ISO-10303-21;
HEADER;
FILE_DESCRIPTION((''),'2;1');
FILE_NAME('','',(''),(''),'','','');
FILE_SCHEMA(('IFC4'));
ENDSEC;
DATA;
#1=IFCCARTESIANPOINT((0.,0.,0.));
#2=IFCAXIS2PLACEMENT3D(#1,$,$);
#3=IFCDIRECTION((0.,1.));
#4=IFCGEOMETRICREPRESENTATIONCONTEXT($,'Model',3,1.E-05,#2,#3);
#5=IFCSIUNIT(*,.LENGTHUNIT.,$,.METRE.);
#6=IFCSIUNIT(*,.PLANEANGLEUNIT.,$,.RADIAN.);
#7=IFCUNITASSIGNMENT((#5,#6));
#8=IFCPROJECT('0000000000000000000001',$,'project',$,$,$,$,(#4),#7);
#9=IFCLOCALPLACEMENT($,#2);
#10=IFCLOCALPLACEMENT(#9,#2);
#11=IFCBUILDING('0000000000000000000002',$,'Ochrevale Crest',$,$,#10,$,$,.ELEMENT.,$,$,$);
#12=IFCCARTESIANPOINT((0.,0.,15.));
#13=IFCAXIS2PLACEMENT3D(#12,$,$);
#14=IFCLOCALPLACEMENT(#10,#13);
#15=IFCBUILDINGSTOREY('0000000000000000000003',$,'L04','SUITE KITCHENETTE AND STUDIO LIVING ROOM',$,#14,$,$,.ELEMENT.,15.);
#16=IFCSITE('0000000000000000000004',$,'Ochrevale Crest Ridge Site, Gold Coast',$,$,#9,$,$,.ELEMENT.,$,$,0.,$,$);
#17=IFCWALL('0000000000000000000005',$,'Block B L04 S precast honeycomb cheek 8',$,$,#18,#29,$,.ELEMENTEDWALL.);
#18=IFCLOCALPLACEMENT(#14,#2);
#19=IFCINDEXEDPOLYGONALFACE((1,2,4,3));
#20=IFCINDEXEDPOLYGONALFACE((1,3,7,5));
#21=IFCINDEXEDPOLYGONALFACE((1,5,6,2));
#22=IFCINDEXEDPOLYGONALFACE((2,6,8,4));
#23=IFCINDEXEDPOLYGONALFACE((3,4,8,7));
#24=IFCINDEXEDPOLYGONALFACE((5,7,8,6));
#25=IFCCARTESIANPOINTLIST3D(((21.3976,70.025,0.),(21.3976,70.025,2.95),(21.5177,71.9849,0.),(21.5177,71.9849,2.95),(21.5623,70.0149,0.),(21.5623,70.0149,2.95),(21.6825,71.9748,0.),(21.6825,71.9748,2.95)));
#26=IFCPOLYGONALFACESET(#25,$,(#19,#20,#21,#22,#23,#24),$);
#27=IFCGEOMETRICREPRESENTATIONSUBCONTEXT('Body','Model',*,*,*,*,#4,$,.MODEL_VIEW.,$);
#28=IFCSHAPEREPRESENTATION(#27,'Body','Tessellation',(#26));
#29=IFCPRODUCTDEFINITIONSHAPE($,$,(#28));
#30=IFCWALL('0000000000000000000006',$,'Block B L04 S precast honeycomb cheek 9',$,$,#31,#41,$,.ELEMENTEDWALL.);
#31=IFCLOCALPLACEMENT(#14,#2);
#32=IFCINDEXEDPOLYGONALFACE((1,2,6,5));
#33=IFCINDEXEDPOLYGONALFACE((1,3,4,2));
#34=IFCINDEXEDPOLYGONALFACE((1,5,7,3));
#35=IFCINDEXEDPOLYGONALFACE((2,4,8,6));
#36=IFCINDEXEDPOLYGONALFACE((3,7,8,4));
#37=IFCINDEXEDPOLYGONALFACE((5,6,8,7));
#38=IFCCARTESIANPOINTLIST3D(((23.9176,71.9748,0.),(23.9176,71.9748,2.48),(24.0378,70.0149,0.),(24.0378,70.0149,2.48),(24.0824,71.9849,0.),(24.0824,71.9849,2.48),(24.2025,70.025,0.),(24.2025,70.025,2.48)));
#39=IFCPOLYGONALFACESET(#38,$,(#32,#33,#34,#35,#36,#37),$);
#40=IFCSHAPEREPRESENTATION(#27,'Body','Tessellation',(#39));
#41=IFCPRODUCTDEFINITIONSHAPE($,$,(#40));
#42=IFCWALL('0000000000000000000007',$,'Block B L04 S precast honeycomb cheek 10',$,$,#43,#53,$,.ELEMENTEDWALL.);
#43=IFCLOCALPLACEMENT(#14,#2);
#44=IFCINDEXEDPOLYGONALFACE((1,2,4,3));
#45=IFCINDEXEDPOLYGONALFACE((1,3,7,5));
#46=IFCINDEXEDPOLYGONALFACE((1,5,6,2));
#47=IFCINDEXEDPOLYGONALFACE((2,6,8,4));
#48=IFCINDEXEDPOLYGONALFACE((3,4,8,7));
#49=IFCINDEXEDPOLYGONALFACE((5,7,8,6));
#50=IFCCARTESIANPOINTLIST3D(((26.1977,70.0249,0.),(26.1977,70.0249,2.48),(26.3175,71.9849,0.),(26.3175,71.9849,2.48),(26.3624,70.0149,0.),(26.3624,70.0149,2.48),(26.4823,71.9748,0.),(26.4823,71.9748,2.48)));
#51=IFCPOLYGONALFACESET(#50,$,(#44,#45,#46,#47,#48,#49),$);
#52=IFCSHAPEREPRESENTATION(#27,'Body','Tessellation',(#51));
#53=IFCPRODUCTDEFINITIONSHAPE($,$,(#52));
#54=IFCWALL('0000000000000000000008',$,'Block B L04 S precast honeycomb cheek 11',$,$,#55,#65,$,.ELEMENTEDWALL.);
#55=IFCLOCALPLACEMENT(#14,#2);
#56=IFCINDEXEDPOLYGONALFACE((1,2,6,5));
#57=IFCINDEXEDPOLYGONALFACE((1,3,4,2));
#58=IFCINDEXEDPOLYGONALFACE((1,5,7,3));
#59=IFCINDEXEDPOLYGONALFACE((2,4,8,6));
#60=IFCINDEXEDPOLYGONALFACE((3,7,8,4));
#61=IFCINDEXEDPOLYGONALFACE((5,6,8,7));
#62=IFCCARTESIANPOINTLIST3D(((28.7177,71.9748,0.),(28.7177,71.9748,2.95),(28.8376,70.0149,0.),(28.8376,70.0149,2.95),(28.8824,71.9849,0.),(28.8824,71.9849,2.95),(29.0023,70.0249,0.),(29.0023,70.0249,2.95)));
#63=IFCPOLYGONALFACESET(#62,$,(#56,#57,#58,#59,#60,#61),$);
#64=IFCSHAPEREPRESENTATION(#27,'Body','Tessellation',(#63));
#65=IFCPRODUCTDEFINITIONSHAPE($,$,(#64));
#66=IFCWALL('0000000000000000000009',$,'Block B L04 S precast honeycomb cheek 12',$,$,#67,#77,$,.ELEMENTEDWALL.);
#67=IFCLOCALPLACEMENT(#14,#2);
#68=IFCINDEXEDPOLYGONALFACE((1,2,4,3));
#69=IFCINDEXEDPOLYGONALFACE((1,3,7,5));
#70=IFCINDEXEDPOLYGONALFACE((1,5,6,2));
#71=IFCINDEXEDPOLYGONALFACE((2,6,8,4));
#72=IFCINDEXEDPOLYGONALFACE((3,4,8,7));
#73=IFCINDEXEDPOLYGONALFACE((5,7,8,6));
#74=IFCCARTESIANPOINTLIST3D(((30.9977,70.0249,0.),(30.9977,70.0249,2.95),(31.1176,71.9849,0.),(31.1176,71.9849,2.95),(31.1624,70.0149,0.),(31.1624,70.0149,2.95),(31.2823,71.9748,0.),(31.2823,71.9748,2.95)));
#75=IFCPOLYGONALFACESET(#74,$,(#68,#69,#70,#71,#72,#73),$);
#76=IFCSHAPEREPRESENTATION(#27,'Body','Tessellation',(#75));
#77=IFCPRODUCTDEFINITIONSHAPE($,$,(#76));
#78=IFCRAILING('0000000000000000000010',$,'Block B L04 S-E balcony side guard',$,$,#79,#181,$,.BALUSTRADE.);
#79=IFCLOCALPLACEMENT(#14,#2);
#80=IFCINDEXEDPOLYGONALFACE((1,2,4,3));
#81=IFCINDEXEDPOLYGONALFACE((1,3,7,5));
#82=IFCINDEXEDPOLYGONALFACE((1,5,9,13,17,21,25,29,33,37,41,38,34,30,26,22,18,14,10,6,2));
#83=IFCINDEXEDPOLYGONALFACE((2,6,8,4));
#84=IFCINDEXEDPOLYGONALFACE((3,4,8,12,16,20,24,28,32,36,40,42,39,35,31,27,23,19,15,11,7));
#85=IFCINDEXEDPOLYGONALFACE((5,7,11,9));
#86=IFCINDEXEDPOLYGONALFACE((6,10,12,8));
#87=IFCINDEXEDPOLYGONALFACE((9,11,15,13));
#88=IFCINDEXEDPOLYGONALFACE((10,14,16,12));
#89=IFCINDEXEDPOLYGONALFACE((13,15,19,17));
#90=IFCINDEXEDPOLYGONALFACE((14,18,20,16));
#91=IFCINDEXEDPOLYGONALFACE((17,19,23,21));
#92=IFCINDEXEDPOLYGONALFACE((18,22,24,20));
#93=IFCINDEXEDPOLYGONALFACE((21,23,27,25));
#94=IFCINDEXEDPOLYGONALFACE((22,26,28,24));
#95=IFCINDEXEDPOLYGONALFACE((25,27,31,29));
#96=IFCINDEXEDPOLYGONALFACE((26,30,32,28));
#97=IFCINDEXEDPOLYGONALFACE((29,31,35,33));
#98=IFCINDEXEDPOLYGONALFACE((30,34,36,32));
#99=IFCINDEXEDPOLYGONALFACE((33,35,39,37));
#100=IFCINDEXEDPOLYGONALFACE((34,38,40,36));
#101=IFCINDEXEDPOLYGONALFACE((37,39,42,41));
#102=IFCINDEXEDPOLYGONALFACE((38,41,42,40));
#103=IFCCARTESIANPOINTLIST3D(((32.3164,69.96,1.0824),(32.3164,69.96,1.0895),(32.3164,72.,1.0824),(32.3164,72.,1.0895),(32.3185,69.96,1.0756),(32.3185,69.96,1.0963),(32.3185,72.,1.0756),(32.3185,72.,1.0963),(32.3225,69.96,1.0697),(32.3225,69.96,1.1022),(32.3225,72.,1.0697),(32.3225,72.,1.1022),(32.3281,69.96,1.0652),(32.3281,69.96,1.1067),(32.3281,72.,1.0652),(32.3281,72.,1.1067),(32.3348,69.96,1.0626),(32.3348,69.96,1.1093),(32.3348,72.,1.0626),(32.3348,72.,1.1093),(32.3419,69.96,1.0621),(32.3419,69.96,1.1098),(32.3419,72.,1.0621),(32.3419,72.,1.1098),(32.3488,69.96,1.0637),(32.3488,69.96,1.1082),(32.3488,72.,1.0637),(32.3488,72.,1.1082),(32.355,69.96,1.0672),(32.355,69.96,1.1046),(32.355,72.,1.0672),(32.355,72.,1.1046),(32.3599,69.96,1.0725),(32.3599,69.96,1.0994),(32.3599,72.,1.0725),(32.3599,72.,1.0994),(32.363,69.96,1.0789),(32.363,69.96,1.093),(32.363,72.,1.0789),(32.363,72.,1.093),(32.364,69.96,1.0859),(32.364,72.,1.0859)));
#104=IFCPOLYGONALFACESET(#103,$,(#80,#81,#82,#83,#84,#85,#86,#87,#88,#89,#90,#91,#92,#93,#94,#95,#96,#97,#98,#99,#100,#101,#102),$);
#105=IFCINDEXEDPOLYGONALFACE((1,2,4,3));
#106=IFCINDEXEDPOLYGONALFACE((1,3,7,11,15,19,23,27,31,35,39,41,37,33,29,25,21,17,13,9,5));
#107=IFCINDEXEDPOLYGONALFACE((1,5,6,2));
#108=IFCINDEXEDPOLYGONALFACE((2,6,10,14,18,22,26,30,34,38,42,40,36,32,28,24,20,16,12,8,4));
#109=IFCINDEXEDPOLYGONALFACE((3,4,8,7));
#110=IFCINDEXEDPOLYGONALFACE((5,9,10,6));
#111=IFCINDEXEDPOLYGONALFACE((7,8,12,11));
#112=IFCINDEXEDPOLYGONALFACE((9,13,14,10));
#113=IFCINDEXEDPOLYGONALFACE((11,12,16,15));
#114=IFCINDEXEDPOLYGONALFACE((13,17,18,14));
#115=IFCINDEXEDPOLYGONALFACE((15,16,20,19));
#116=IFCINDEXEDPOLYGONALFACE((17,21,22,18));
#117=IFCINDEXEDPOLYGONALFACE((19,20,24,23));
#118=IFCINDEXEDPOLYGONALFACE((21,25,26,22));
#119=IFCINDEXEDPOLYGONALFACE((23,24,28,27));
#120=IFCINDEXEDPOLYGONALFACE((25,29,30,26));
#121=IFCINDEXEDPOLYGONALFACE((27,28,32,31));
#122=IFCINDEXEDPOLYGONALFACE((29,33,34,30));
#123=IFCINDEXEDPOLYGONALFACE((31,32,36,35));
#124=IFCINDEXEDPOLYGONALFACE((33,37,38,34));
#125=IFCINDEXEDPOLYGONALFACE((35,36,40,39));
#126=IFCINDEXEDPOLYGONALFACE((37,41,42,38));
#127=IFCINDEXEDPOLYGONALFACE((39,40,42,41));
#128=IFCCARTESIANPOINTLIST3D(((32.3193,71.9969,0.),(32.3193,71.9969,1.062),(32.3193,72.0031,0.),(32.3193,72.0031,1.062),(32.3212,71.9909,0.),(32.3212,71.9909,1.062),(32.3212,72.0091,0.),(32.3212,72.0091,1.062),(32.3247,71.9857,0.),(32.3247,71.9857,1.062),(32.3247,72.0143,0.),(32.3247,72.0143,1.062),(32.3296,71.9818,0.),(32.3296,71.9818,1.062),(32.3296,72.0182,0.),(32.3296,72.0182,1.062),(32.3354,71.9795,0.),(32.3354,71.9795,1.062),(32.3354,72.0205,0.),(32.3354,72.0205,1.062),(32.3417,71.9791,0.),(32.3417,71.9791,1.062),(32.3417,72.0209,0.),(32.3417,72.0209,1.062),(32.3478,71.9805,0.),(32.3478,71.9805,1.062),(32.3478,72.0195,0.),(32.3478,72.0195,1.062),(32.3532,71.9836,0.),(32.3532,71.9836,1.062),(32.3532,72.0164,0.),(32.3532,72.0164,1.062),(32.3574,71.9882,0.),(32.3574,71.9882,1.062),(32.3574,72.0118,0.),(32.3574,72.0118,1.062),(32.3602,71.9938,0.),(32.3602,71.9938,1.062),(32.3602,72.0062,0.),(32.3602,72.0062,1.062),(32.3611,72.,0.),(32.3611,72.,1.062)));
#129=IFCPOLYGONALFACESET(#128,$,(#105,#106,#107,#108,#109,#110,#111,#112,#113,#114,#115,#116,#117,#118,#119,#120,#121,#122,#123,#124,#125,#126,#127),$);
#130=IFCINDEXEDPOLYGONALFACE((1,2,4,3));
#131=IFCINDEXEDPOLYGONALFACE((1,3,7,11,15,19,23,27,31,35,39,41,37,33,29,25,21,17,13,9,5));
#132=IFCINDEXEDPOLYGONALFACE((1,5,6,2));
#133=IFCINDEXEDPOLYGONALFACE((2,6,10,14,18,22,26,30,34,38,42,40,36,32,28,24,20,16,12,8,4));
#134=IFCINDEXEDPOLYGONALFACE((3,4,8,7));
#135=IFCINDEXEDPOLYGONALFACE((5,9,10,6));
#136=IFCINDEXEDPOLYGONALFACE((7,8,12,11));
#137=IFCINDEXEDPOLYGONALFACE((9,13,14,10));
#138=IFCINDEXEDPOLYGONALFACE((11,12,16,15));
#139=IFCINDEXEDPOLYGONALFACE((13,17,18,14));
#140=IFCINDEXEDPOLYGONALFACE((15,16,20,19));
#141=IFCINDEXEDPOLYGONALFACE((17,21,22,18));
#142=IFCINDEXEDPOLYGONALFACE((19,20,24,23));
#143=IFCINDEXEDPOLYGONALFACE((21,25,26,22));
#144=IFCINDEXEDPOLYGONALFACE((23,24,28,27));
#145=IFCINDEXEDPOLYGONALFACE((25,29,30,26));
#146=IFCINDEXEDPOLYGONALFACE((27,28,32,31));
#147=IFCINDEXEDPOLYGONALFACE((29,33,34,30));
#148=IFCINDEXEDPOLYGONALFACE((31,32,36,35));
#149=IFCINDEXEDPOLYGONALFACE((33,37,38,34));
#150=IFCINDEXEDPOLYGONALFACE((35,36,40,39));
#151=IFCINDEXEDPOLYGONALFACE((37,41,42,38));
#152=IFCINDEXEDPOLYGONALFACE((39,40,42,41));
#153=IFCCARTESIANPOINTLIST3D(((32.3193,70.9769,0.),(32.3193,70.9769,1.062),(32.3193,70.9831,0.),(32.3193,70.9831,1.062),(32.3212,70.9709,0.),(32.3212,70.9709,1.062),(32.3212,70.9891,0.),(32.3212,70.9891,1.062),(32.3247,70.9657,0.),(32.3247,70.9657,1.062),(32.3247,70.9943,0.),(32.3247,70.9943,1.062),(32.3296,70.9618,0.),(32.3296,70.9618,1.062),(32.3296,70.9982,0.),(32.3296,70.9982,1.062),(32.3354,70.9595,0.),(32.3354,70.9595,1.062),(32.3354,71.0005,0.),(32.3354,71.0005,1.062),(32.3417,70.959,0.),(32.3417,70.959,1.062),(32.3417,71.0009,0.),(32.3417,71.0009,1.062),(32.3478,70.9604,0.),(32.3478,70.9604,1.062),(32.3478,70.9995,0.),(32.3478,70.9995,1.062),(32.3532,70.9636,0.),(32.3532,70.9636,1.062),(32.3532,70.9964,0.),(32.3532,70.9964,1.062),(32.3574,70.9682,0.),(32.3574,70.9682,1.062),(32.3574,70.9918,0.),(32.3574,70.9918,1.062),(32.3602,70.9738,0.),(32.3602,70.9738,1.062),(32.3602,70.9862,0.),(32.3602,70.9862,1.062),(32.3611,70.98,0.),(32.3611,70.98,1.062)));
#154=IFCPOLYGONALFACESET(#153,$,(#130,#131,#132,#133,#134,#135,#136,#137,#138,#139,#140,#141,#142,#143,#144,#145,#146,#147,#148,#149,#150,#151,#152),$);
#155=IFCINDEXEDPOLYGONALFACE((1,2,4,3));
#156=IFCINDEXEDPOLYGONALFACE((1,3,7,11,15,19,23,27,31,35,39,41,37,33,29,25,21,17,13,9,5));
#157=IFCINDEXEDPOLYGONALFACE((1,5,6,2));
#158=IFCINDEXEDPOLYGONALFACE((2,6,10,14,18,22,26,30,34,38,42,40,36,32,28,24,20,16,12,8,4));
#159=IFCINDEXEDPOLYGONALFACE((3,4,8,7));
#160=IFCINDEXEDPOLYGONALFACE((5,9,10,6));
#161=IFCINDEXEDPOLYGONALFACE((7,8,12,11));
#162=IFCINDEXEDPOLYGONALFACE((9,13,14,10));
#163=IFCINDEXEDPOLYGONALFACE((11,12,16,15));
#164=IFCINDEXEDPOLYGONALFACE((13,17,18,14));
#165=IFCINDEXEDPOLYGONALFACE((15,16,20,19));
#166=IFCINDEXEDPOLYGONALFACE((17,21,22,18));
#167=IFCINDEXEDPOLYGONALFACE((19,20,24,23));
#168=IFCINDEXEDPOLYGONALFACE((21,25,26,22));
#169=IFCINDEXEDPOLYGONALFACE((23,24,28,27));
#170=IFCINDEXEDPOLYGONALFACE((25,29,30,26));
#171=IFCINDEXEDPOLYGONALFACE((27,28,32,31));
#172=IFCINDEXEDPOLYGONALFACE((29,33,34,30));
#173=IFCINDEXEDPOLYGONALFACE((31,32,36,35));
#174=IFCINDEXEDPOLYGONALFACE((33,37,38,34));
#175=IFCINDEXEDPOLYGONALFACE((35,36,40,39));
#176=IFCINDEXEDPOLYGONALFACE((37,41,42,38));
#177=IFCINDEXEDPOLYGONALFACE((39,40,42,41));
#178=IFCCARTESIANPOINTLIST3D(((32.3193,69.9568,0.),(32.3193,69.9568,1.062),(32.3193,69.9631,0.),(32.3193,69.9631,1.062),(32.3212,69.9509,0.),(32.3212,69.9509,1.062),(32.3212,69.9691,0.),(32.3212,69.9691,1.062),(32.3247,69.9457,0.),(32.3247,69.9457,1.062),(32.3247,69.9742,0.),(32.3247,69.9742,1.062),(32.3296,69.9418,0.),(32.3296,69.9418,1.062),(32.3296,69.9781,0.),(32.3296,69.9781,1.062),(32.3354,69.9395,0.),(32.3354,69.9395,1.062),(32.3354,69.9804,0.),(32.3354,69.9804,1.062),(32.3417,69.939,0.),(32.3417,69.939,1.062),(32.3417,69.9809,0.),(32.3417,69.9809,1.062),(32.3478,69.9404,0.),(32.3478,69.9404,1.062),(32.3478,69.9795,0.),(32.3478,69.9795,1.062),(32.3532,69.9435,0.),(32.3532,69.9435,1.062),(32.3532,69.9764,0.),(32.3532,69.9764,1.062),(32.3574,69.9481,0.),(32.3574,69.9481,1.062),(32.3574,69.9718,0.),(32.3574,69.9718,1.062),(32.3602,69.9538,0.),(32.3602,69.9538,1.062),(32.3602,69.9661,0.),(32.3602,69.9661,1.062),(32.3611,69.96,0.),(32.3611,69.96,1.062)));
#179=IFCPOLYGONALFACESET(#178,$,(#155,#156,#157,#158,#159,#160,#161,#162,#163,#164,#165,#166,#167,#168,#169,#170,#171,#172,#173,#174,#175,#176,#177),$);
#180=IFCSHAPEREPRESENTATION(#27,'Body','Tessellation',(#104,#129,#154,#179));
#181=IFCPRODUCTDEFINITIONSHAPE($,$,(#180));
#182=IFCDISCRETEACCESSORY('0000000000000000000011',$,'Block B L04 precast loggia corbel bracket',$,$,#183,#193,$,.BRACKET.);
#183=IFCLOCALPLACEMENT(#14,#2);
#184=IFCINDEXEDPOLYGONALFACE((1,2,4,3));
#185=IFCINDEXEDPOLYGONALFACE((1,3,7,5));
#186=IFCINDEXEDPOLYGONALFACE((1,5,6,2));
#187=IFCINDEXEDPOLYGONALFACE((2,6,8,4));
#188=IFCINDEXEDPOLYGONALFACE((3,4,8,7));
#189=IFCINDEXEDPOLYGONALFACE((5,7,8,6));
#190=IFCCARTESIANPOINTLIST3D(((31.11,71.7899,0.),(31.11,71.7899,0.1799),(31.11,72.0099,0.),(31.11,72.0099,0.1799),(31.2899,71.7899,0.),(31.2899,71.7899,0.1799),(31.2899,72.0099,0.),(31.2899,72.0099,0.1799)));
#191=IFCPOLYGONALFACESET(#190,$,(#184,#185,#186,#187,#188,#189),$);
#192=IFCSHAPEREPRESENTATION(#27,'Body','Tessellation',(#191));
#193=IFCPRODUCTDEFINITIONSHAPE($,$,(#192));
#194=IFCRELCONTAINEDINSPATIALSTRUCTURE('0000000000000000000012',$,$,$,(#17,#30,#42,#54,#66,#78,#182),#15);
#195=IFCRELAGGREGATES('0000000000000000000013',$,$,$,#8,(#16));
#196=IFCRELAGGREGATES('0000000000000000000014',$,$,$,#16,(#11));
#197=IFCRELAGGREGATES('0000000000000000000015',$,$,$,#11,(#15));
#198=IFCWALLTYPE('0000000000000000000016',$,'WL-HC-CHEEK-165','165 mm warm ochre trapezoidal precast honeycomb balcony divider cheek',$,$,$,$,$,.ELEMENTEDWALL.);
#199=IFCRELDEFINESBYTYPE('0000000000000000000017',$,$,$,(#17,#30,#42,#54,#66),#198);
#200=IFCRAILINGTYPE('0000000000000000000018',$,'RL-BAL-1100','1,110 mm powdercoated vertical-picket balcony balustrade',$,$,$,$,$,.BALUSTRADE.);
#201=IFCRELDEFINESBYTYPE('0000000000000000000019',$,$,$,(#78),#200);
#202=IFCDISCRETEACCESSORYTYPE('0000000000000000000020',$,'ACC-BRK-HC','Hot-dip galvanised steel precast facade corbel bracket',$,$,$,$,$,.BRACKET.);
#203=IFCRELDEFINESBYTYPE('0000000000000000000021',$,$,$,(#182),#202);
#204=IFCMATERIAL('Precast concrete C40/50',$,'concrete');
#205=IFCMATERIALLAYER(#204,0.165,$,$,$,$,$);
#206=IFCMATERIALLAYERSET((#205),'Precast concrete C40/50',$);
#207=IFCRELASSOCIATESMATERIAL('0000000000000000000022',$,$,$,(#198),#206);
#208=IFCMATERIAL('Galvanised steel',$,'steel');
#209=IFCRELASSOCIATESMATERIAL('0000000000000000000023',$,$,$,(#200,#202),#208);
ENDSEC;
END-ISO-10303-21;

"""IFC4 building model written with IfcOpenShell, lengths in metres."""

from ifc_helpers import new_model, si_unit, direction, frame, frame_2d, origin, origin_2d, place, context, subcontext, project, spatial, rectangle, circle, extrude, material, layer, layer_set, type_object, element, save


model = new_model("IFC4")

# Units and contexts
model_context = context("Model", 3, precision=1e-05, world=origin(), true_north=direction((0.0, 1.0)))
body_context = subcontext(model_context, "Body", "Model", "MODEL_VIEW")
ifc_project = project(units=[si_unit("LENGTHUNIT", "METRE"), si_unit("PLANEANGLEUNIT", "RADIAN")], contexts=[model_context])

# Site, building, storey
site_placement = place(None, origin())
site = spatial("IfcSite", under=ifc_project, at=site_placement, Name="Ochrevale Crest Ridge Site, Gold Coast", CompositionType="ELEMENT", RefElevation=0.0)
building_placement = place(site_placement, origin())
building = spatial("IfcBuilding", under=site, at=building_placement, Name="Ochrevale Crest", CompositionType="ELEMENT")
storey_placement = place(building_placement, frame((0.0, 0.0, 15.0)))
storey = spatial("IfcBuildingStorey", under=building, at=storey_placement, Name="L04", Description="SUITE KITCHENETTE AND STUDIO LIVING ROOM", CompositionType="ELEMENT", Elevation=15.0)

# Shared definitions
ifc_material_1 = material(Name="Precast concrete C40/50", Category="concrete")

# Walls
ifc_layer_1 = layer(ifc_material_1, 0.165)
ifc_layer_set_1 = layer_set([ifc_layer_1], Name="Precast concrete C40/50")
wall_type = type_object("IfcWallType", Name="WL-HC-CHEEK-165", Description="165 mm warm ochre trapezoidal precast honeycomb balcony divider cheek", PredefinedType="ELEMENTEDWALL", material=ifc_layer_set_1)
wall_placement = place(storey_placement, frame((21.6001, 71.98, 0.0), z_axis=(0.0, 0.0, 1.0), x_axis=(-0.061171, -0.998127, 0.0)))
element("IfcWall", 1, at=wall_placement, inside=storey, type_object=wall_type, Name="Block B L04 S precast honeycomb cheek 8", PredefinedType="ELEMENTEDWALL", context=body_context, shape_type="SweptSolid", body=[
    extrude(rectangle(XDim=1.9636, YDim=0.165, at=frame_2d((0.9819, 0.0))), origin(), (0.0, 0.0, 1.0), 2.95),
])
for number, where, z_axis, x_axis, name in (
    (2, (24.0, 71.98, 0.0), (0.0, 0.0, 1.0), (0.061171, -0.998127, 0.0), "Block B L04 S precast honeycomb cheek 9"),
    (3, (26.3999, 71.98, 0.0), (0.0, 0.0, 1.0), (-0.061047, -0.998135, 0.0), "Block B L04 S precast honeycomb cheek 10"),
):
    element("IfcWall", number, at=place(storey_placement, frame(where, z_axis=z_axis, x_axis=x_axis)), inside=storey, type_object=wall_type, Name=name, PredefinedType="ELEMENTEDWALL", context=body_context, shape_type="SweptSolid", body=[
        extrude(rectangle(XDim=1.9636, YDim=0.165, at=frame_2d((0.9819, 0.0))), origin(), (0.0, 0.0, 1.0), 2.48),
    ])
for number, where, z_axis, x_axis, name in (
    (4, (28.8, 71.98, 0.0), (0.0, 0.0, 1.0), (0.061047, -0.998135, 0.0), "Block B L04 S precast honeycomb cheek 11"),
    (5, (31.2, 71.98, 0.0), (0.0, 0.0, 1.0), (-0.061047, -0.998135, 0.0), "Block B L04 S precast honeycomb cheek 12"),
):
    element("IfcWall", number, at=place(storey_placement, frame(where, z_axis=z_axis, x_axis=x_axis)), inside=storey, type_object=wall_type, Name=name, PredefinedType="ELEMENTEDWALL", context=body_context, shape_type="SweptSolid", body=[
        extrude(rectangle(XDim=1.9636, YDim=0.165, at=frame_2d((0.9819, 0.0))), origin(), (0.0, 0.0, 1.0), 2.95),
    ])

# Railing
ifc_material_2 = material(Name="Galvanised steel", Category="steel")
railing_type = type_object("IfcRailingType", Name="RL-BAL-1100", Description="1,110 mm powdercoated vertical-picket balcony balustrade", PredefinedType="BALUSTRADE", material=ifc_material_2)
railing_placement = place(storey_placement, frame((32.3401, 72.0, 0.0)))
element("IfcRailing", 6, at=railing_placement, inside=storey, type_object=railing_type, Name="Block B L04 S-E balcony side guard", PredefinedType="BALUSTRADE", context=body_context, shape_type="SweptSolid", body=[
    extrude(circle(Radius=0.0239, at=origin_2d()), frame((0.0, 0.0, 1.0859), z_axis=(0.0, -1.0, 0.0), x_axis=(1.0, 0.0, 0.0)), (0.0, 0.0, 1.0), 2.04),
    extrude(circle(Radius=0.021, at=origin_2d()), origin(), (0.0, 0.0, 1.0), 1.062),
    extrude(circle(Radius=0.021, at=origin_2d()), frame((0.0, -1.02, 0.0)), (0.0, 0.0, 1.0), 1.062),
    extrude(circle(Radius=0.021, at=origin_2d()), frame((0.0, -2.04, 0.0)), (0.0, 0.0, 1.0), 1.062),
])

# Discrete accessory
discrete_accessory_type = type_object("IfcDiscreteAccessoryType", Name="ACC-BRK-HC", Description="Hot-dip galvanised steel precast facade corbel bracket", PredefinedType="BRACKET", material=ifc_material_2)
discrete_accessory_placement = place(storey_placement, frame((31.2, 71.8999, 0.0), z_axis=(0.0, 0.0, 1.0), x_axis=(1.0, 0.0, 0.0)))
element("IfcDiscreteAccessory", 7, at=discrete_accessory_placement, inside=storey, type_object=discrete_accessory_type, Name="Block B L04 precast loggia corbel bracket", PredefinedType="BRACKET", context=body_context, shape_type="SweptSolid", body=[
    extrude(rectangle(XDim=0.1799, YDim=0.22, at=origin_2d()), origin(), (0.0, 0.0, 1.0), 0.1799),
])

save(model, "model.ifc")
